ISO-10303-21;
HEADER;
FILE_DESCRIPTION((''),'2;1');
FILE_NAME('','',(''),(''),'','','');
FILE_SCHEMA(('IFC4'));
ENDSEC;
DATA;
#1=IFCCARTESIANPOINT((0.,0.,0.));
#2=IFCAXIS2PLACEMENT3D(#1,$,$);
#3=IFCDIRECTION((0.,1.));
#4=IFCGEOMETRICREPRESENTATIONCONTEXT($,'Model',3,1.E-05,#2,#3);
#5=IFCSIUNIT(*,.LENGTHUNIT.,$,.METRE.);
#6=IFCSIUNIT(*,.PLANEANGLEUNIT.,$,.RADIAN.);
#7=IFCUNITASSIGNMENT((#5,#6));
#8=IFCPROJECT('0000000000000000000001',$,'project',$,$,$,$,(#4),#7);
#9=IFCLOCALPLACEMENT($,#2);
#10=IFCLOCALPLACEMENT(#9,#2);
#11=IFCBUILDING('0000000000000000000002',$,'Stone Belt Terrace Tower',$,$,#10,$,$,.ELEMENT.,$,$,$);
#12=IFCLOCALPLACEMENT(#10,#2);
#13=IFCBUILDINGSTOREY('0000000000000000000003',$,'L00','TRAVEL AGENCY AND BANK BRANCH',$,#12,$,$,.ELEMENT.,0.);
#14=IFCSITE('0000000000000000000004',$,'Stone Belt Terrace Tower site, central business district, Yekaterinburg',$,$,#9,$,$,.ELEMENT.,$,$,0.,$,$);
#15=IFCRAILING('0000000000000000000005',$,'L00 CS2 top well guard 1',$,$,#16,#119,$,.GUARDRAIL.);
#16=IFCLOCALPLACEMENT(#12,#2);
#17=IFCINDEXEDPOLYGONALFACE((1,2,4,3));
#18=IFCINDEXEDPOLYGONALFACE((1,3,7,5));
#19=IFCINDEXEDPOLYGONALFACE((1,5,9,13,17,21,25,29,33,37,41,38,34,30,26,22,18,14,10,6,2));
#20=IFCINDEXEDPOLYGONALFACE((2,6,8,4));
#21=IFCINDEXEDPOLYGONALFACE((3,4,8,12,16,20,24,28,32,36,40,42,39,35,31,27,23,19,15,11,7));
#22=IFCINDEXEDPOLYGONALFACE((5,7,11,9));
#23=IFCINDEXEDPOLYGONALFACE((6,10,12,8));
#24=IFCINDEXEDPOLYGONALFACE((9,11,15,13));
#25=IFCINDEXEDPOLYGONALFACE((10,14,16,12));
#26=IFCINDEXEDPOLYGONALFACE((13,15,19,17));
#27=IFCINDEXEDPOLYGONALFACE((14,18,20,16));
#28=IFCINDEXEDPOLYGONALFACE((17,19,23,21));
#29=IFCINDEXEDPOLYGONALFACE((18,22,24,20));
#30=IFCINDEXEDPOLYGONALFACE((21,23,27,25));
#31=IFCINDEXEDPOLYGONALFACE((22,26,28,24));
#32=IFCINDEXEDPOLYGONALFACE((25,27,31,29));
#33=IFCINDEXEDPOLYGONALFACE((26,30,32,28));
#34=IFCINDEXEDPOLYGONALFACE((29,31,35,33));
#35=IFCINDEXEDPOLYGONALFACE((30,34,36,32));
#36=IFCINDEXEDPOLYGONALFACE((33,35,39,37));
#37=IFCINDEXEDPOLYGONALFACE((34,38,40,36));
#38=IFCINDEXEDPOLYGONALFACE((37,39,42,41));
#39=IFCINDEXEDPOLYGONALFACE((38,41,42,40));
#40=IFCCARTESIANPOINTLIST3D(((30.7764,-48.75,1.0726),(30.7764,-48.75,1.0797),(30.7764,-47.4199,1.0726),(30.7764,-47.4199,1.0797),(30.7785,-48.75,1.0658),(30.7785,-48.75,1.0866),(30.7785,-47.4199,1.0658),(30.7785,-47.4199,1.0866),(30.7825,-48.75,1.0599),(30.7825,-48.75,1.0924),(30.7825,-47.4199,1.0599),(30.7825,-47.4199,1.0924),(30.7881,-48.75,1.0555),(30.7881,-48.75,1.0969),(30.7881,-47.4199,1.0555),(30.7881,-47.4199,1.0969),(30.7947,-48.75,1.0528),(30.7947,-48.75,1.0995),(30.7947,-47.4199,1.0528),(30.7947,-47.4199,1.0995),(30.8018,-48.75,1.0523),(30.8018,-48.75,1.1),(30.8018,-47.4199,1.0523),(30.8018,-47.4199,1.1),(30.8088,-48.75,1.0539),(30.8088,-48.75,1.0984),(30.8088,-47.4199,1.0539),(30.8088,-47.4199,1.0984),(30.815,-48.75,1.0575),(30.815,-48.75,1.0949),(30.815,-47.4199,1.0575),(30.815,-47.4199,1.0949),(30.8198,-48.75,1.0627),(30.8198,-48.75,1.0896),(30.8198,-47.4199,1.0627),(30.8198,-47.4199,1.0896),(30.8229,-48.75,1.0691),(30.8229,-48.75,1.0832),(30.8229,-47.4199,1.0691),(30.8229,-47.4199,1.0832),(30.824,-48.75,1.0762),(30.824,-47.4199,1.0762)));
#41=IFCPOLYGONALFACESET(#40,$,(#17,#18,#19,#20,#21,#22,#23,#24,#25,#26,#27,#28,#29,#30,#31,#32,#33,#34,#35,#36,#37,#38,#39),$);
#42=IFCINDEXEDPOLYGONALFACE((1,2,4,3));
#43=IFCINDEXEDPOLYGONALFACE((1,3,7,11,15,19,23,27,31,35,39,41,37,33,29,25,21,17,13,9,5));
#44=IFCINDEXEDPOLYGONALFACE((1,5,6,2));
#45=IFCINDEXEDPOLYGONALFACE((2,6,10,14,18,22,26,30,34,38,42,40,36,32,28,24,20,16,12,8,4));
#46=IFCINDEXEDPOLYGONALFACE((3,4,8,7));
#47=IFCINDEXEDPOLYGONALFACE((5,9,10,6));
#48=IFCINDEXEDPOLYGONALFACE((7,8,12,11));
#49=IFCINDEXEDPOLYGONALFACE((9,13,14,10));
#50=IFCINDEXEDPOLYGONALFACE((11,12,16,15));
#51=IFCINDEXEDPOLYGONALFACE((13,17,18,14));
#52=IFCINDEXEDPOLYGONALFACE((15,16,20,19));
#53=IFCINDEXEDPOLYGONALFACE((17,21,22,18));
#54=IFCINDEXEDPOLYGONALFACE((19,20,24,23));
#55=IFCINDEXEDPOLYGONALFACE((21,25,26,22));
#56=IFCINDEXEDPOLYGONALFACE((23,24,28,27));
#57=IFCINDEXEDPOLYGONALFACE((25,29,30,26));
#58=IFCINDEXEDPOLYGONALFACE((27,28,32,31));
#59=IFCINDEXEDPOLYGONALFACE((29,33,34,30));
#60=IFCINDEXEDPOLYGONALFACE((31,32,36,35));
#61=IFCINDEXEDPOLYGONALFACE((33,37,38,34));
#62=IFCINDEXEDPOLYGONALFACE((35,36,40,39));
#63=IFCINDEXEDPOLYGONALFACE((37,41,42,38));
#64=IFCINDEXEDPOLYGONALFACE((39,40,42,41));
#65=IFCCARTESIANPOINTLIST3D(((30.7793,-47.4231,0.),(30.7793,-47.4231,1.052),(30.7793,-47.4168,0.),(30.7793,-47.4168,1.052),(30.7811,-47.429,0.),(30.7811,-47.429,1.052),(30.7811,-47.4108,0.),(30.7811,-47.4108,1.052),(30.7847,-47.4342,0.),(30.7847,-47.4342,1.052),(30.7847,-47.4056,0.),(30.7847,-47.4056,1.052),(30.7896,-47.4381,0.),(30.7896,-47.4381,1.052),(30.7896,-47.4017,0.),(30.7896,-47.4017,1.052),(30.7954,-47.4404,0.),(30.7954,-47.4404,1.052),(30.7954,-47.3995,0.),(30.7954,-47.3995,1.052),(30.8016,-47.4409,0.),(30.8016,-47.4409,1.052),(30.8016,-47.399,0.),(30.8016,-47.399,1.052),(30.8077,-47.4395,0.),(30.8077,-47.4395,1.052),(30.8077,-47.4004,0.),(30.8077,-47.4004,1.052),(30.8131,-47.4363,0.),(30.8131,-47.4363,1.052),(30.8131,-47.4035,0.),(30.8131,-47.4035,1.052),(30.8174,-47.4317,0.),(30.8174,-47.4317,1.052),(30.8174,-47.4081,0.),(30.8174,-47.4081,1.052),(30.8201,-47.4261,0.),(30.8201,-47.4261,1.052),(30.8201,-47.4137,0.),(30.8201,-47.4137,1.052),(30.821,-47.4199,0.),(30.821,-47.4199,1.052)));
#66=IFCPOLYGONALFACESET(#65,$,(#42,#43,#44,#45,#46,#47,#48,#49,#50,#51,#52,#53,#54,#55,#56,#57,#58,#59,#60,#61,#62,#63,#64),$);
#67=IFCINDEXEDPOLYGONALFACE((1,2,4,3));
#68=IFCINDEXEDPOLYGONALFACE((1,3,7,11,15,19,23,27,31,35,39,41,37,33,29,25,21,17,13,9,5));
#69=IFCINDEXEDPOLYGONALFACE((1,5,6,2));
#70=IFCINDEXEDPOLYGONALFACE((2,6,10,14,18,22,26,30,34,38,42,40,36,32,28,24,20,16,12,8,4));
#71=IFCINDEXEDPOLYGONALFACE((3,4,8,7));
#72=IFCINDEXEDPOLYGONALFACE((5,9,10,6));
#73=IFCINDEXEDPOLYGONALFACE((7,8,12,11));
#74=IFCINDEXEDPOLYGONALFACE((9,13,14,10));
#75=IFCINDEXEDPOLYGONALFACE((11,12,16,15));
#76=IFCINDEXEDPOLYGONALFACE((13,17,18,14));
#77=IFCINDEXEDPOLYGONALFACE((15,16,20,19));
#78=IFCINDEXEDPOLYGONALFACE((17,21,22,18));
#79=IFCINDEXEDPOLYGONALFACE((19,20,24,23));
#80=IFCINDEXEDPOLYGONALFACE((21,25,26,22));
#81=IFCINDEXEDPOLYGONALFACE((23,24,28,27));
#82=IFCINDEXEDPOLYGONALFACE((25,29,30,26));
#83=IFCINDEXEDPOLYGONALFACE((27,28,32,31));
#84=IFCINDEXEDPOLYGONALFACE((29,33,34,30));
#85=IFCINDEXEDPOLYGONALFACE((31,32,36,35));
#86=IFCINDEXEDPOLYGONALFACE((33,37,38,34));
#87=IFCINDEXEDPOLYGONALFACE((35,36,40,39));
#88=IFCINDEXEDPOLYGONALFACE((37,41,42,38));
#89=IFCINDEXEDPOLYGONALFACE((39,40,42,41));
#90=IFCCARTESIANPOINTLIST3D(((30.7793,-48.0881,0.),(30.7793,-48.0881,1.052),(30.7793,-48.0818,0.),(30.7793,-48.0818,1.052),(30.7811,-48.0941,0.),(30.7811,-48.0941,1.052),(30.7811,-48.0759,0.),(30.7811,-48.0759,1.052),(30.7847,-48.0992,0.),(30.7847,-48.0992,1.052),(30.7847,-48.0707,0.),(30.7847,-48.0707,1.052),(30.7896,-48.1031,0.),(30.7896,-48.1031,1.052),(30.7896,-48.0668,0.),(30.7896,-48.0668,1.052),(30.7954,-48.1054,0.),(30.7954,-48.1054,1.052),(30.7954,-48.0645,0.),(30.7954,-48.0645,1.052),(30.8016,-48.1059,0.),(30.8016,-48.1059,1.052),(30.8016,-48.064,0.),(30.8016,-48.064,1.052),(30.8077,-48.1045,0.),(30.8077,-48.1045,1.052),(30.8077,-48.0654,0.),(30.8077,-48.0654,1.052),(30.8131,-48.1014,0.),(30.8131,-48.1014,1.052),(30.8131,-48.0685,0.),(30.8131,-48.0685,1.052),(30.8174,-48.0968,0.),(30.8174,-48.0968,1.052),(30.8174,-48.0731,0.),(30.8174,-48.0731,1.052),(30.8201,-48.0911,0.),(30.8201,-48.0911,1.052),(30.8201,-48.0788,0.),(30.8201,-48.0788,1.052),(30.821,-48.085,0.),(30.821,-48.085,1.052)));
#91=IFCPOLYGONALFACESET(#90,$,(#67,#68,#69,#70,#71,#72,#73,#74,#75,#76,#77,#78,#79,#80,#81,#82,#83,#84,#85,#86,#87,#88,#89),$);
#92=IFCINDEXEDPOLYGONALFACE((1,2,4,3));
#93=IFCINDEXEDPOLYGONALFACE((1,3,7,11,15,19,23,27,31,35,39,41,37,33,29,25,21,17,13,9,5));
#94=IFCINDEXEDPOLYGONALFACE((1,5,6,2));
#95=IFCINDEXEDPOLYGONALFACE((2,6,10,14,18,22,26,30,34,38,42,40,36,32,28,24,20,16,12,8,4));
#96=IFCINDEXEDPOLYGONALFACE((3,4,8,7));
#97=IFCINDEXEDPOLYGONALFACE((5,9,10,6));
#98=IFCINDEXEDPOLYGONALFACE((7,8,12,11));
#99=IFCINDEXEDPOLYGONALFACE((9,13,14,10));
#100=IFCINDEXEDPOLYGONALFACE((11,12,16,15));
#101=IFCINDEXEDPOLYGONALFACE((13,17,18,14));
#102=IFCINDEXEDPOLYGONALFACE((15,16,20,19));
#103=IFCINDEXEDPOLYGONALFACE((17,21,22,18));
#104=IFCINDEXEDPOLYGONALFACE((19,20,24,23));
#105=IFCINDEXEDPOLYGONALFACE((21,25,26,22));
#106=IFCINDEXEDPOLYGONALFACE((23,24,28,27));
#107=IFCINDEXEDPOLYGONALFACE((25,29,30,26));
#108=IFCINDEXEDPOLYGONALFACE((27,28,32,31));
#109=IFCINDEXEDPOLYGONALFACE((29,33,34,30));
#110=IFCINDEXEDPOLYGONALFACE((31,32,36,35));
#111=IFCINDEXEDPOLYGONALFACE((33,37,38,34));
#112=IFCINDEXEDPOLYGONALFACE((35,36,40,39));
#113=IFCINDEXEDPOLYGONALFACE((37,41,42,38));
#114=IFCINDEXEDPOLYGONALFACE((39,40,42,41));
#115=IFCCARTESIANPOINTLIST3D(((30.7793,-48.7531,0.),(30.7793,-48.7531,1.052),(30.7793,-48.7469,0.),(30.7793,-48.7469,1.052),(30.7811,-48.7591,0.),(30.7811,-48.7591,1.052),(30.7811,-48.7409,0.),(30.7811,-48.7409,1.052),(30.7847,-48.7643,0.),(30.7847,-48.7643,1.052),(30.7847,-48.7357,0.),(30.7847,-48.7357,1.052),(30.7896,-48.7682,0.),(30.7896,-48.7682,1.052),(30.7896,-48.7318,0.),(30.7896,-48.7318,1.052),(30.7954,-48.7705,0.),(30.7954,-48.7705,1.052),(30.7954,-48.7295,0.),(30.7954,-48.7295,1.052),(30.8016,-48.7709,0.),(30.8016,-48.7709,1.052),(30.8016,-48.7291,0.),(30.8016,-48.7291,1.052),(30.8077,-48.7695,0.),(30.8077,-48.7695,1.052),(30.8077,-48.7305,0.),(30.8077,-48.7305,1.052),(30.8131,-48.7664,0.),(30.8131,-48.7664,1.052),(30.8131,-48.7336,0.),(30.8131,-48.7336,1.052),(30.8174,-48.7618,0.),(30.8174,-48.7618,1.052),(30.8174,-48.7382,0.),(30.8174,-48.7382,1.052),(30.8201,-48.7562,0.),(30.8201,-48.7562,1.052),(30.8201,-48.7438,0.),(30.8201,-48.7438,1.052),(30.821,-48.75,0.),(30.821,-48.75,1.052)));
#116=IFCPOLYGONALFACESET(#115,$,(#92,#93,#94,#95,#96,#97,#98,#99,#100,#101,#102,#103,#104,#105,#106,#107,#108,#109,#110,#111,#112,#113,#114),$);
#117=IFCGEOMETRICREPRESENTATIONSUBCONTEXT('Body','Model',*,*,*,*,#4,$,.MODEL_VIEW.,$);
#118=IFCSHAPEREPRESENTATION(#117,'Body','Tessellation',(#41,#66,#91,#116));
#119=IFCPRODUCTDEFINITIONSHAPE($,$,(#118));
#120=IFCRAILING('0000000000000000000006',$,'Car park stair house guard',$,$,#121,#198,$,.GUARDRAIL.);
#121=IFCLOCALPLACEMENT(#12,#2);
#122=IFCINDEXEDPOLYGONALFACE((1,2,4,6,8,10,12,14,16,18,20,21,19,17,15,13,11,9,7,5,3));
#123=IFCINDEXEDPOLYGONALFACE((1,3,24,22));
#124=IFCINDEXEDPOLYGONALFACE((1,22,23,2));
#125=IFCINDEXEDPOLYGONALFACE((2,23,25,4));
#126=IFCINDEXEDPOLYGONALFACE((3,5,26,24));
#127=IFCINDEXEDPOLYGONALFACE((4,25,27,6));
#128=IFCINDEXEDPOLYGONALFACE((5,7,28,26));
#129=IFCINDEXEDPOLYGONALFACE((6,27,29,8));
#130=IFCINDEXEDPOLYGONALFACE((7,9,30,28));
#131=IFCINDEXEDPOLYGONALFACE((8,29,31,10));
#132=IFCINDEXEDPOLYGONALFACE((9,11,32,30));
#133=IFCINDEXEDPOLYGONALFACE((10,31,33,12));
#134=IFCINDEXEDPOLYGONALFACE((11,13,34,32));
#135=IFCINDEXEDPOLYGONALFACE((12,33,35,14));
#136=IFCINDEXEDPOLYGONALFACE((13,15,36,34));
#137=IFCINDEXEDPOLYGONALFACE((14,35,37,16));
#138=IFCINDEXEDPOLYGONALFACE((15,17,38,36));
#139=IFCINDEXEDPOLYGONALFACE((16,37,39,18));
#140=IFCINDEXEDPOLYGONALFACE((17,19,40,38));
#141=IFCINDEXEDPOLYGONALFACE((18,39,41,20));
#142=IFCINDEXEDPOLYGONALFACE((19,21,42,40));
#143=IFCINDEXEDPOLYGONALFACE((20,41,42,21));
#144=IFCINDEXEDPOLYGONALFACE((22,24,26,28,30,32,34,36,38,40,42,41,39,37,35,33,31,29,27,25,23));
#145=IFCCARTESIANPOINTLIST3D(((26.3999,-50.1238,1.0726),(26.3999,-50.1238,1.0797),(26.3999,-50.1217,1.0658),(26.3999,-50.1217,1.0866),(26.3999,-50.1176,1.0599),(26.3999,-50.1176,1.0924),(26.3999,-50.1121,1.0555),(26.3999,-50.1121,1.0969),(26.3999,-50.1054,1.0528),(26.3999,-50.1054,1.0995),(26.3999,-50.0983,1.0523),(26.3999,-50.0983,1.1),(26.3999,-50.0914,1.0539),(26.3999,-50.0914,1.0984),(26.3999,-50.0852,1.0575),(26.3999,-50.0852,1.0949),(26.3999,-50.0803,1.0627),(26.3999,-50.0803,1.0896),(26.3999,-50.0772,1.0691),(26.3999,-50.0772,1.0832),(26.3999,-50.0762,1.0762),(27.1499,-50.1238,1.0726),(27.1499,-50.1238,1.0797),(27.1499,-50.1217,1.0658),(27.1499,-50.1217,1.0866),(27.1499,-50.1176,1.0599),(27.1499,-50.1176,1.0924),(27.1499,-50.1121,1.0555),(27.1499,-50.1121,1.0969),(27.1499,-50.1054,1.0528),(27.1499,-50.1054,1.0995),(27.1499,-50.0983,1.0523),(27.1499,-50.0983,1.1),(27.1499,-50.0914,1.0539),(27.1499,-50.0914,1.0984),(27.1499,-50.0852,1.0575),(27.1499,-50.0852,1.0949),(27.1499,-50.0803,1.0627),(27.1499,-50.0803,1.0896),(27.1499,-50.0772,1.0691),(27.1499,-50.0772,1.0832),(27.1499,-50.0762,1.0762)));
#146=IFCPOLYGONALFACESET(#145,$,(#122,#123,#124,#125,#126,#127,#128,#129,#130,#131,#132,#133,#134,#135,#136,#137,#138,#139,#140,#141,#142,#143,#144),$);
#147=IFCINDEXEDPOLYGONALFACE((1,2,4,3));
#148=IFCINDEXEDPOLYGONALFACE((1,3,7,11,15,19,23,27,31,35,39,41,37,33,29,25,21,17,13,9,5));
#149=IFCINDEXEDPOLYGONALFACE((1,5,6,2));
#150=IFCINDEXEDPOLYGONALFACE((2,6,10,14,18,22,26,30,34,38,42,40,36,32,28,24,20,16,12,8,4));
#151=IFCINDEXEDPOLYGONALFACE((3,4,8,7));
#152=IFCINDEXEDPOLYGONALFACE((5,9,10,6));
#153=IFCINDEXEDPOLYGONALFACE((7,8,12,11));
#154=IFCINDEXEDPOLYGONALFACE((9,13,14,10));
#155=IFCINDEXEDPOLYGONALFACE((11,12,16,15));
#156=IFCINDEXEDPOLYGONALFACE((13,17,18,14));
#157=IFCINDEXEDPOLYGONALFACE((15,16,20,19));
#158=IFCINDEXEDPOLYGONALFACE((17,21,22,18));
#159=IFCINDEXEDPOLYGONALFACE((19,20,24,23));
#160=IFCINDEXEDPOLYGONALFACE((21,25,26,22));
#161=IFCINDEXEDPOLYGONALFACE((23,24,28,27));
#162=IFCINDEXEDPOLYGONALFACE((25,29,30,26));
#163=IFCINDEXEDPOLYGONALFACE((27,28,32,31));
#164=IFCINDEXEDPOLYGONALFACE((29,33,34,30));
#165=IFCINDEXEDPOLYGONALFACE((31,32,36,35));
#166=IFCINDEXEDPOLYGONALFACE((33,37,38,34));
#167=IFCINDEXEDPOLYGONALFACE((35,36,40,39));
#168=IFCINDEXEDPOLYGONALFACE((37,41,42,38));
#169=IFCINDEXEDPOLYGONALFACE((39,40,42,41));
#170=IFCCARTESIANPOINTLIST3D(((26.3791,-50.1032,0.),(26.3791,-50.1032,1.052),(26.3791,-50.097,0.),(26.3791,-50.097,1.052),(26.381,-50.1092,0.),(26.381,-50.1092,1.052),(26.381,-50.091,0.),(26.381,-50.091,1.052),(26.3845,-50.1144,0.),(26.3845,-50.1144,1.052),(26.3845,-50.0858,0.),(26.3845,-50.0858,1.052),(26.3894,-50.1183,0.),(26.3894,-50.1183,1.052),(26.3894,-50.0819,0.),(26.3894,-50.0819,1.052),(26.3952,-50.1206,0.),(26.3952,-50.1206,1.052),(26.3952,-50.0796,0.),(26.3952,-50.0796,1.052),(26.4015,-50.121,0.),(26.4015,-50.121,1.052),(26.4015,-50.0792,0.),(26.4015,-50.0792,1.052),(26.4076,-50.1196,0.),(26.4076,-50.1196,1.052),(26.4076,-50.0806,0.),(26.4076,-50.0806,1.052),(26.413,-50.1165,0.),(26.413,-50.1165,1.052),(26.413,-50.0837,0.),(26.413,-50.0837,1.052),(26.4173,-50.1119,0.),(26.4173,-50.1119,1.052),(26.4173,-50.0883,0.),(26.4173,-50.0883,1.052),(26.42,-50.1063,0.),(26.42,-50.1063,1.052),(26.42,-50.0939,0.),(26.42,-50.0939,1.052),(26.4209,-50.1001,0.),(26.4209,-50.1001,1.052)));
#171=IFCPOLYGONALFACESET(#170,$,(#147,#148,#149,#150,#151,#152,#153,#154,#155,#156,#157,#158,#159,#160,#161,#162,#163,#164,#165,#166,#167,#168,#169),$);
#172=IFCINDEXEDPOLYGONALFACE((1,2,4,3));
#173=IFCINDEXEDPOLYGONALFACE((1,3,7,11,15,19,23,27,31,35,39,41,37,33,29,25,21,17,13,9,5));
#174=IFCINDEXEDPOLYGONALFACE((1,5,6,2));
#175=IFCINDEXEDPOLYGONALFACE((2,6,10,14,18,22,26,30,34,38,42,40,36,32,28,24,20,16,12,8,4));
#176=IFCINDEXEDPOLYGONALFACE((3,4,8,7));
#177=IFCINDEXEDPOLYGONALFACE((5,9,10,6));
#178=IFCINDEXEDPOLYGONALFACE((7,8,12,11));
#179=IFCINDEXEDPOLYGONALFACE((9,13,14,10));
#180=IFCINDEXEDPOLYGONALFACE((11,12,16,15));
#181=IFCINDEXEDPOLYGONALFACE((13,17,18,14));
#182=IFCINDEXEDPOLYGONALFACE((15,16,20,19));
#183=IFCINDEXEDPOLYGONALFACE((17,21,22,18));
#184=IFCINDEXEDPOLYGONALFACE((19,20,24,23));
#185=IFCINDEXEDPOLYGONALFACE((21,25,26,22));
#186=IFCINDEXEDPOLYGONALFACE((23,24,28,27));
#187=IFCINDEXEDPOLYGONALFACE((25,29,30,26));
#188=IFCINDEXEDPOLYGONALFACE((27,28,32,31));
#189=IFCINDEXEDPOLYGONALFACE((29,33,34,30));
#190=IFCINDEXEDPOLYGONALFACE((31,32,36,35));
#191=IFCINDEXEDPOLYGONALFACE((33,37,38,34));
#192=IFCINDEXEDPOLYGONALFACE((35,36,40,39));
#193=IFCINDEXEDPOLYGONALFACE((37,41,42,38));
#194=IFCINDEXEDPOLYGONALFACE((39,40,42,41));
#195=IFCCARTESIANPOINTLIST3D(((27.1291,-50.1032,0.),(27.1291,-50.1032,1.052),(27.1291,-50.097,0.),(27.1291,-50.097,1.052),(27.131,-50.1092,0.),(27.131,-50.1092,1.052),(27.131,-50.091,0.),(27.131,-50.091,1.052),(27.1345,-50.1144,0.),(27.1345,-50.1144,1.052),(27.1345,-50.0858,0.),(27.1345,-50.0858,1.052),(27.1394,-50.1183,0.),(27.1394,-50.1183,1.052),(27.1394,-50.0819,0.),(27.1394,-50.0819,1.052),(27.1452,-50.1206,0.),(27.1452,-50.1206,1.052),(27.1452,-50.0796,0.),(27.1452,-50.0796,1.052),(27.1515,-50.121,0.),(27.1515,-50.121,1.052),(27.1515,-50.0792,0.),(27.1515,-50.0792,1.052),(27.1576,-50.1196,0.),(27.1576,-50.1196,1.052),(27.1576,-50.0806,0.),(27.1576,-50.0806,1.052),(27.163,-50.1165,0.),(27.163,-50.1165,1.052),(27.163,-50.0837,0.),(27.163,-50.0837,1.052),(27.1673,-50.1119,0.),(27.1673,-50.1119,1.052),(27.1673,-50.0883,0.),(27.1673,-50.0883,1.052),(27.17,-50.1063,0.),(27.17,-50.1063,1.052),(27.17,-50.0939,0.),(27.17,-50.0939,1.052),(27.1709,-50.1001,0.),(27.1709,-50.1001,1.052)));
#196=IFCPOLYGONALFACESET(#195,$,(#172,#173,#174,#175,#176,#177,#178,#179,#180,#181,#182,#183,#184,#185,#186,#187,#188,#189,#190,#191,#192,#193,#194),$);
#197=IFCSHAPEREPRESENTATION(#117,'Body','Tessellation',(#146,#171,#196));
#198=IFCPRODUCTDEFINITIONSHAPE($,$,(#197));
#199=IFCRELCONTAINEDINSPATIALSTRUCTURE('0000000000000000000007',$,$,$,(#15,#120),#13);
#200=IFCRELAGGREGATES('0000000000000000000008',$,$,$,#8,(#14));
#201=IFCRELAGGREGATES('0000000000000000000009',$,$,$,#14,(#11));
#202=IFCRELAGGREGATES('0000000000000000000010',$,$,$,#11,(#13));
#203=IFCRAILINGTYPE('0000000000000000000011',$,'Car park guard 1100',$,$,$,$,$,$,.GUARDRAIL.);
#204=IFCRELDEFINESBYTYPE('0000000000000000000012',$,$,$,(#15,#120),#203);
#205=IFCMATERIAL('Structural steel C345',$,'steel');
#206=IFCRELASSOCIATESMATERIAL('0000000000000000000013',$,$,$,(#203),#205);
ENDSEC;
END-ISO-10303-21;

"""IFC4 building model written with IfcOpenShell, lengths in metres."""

from ifc_helpers import new_model, si_unit, direction, frame, origin, origin_2d, place, context, subcontext, project, spatial, circle, extrude, material, type_object, element, save


model = new_model("IFC4")

# Units and contexts
model_context = context("Model", 3, precision=1e-05, world=origin(), true_north=direction((0.0, 1.0)))
body_context = subcontext(model_context, "Body", "Model", "MODEL_VIEW")
ifc_project = project(units=[si_unit("LENGTHUNIT", "METRE"), si_unit("PLANEANGLEUNIT", "RADIAN")], contexts=[model_context])

# Site, building, storey
site_placement = place(None, origin())
site = spatial("IfcSite", under=ifc_project, at=site_placement, Name="Stone Belt Terrace Tower site, central business district, Yekaterinburg", CompositionType="ELEMENT", RefElevation=0.0)
building_placement = place(site_placement, origin())
building = spatial("IfcBuilding", under=site, at=building_placement, Name="Stone Belt Terrace Tower", CompositionType="ELEMENT")
storey_placement = place(building_placement, origin())
storey = spatial("IfcBuildingStorey", under=building, at=storey_placement, Name="L00", Description="TRAVEL AGENCY AND BANK BRANCH", CompositionType="ELEMENT", Elevation=0.0)

# Railings
ifc_material_1 = material(Name="Structural steel C345", Category="steel")
railing_type_1 = type_object("IfcRailingType", Name="Car park guard 1100", PredefinedType="GUARDRAIL", material=ifc_material_1)
railing_1_placement = place(storey_placement, frame((30.8, -47.4199, 0.0)))
element("IfcRailing", 1, at=railing_1_placement, inside=storey, type_object=railing_type_1, Name="L00 CS2 top well guard 1", PredefinedType="GUARDRAIL", context=body_context, shape_type="SweptSolid", body=[
    extrude(circle(Radius=0.0239, at=origin_2d()), frame((0.0, 0.0, 1.0762), z_axis=(0.0, -1.0, 0.0), x_axis=(1.0, 0.0, 0.0)), (0.0, 0.0, 1.0), 1.3301),
    extrude(circle(Radius=0.021, at=origin_2d()), origin(), (0.0, 0.0, 1.0), 1.052),
    extrude(circle(Radius=0.021, at=origin_2d()), frame((0.0, -0.665, 0.0)), (0.0, 0.0, 1.0), 1.052),
    extrude(circle(Radius=0.021, at=origin_2d()), frame((0.0, -1.3301, 0.0)), (0.0, 0.0, 1.0), 1.052),
])
railing_2_placement = place(storey_placement, frame((26.3999, -50.1001, 0.0)))
element("IfcRailing", 2, at=railing_2_placement, inside=storey, type_object=railing_type_1, Name="Car park stair house guard", PredefinedType="GUARDRAIL", context=body_context, shape_type="SweptSolid", body=[
    extrude(circle(Radius=0.0239, at=origin_2d()), frame((0.0, 0.0, 1.0762), z_axis=(1.0, 0.0, 0.0), x_axis=(0.0, 1.0, 0.0)), (0.0, 0.0, 1.0), 0.75),
    extrude(circle(Radius=0.021, at=origin_2d()), origin(), (0.0, 0.0, 1.0), 1.052),
    extrude(circle(Radius=0.021, at=origin_2d()), frame((0.75, 0.0, 0.0)), (0.0, 0.0, 1.0), 1.052),
])

save(model, "model.ifc")
